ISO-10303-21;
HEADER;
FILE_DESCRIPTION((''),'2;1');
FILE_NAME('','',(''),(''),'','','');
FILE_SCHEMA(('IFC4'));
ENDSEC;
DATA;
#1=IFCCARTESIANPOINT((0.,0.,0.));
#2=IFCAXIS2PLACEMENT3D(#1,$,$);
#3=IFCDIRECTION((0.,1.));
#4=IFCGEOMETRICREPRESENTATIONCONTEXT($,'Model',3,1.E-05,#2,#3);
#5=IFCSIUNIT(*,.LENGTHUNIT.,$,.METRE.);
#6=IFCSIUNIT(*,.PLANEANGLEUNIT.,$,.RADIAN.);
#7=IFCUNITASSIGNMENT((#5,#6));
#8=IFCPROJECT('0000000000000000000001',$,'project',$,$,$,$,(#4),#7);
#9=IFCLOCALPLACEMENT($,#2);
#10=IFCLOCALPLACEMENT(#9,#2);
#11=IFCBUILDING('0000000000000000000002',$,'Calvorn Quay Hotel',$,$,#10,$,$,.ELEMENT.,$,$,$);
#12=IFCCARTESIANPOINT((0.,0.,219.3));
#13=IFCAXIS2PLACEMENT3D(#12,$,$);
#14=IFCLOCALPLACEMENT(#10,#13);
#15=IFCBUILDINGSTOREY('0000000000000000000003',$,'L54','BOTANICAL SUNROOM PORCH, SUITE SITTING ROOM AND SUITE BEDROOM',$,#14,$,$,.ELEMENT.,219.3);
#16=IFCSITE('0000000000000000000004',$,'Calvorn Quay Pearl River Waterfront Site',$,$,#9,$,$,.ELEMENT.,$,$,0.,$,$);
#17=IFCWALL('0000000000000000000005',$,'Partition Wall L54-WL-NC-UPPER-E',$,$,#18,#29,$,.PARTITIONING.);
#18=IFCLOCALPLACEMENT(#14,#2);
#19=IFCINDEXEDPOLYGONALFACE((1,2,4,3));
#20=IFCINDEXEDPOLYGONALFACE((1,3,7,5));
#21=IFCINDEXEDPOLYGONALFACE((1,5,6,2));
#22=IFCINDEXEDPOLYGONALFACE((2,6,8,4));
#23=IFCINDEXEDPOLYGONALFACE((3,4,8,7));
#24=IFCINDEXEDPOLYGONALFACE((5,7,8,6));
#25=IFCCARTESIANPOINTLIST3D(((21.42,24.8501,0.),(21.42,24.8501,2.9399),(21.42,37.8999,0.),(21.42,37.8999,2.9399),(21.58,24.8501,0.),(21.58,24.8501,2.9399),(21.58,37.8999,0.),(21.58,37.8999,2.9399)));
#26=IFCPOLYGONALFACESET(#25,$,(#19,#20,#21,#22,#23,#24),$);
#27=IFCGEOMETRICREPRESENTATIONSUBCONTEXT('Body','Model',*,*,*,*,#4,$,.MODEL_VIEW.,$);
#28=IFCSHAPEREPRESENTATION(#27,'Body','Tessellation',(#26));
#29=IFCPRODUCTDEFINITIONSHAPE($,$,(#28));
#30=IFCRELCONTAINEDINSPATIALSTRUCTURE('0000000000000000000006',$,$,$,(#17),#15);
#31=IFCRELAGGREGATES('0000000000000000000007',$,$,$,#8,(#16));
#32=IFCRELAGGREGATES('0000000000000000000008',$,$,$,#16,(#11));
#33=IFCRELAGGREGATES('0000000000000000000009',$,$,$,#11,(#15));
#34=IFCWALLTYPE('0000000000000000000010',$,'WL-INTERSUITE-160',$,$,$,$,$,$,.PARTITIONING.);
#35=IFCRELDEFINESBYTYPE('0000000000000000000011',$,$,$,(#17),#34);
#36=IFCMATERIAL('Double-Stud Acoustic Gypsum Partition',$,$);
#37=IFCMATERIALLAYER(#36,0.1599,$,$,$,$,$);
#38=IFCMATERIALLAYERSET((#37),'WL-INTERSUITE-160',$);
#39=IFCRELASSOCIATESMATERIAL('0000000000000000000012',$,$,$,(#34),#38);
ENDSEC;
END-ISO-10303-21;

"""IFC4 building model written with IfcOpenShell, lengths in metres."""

from ifc_helpers import new_model, si_unit, direction, frame, frame_2d, origin, place, context, subcontext, project, spatial, rectangle, extrude, material, layer, layer_set, type_object, element, save


model = new_model("IFC4")

# Units and contexts
model_context = context("Model", 3, precision=1e-05, world=origin(), true_north=direction((0.0, 1.0)))
body_context = subcontext(model_context, "Body", "Model", "MODEL_VIEW")
ifc_project = project(units=[si_unit("LENGTHUNIT", "METRE"), si_unit("PLANEANGLEUNIT", "RADIAN")], contexts=[model_context])

# Site, building, storey
site_placement = place(None, origin())
site = spatial("IfcSite", under=ifc_project, at=site_placement, Name="Calvorn Quay Pearl River Waterfront Site", CompositionType="ELEMENT", RefElevation=0.0)
building_placement = place(site_placement, origin())
building = spatial("IfcBuilding", under=site, at=building_placement, Name="Calvorn Quay Hotel", CompositionType="ELEMENT")
storey_placement = place(building_placement, frame((0.0, 0.0, 219.3)))
storey = spatial("IfcBuildingStorey", under=building, at=storey_placement, Name="L54", Description="BOTANICAL SUNROOM PORCH, SUITE SITTING ROOM AND SUITE BEDROOM", CompositionType="ELEMENT", Elevation=219.3)

# Wall
ifc_material_1 = material(Name="Double-Stud Acoustic Gypsum Partition")
ifc_layer_1 = layer(ifc_material_1, 0.1599)
ifc_layer_set_1 = layer_set([ifc_layer_1], Name="WL-INTERSUITE-160")
wall_type_1 = type_object("IfcWallType", Name="WL-INTERSUITE-160", PredefinedType="PARTITIONING", material=ifc_layer_set_1)
wall_1_placement = place(storey_placement, frame((21.5, 24.8501, 0.0), z_axis=(0.0, 0.0, 1.0), x_axis=(0.0, 1.0, 0.0)))
element("IfcWall", 1, at=wall_1_placement, inside=storey, type_object=wall_type_1, Name="Partition Wall L54-WL-NC-UPPER-E", PredefinedType="PARTITIONING", context=body_context, shape_type="SweptSolid", body=[
    extrude(rectangle(XDim=13.0498, YDim=0.1599, at=frame_2d((6.5249, 0.0))), origin(), (0.0, 0.0, 1.0), 2.9399),
])

save(model, "model.ifc")
